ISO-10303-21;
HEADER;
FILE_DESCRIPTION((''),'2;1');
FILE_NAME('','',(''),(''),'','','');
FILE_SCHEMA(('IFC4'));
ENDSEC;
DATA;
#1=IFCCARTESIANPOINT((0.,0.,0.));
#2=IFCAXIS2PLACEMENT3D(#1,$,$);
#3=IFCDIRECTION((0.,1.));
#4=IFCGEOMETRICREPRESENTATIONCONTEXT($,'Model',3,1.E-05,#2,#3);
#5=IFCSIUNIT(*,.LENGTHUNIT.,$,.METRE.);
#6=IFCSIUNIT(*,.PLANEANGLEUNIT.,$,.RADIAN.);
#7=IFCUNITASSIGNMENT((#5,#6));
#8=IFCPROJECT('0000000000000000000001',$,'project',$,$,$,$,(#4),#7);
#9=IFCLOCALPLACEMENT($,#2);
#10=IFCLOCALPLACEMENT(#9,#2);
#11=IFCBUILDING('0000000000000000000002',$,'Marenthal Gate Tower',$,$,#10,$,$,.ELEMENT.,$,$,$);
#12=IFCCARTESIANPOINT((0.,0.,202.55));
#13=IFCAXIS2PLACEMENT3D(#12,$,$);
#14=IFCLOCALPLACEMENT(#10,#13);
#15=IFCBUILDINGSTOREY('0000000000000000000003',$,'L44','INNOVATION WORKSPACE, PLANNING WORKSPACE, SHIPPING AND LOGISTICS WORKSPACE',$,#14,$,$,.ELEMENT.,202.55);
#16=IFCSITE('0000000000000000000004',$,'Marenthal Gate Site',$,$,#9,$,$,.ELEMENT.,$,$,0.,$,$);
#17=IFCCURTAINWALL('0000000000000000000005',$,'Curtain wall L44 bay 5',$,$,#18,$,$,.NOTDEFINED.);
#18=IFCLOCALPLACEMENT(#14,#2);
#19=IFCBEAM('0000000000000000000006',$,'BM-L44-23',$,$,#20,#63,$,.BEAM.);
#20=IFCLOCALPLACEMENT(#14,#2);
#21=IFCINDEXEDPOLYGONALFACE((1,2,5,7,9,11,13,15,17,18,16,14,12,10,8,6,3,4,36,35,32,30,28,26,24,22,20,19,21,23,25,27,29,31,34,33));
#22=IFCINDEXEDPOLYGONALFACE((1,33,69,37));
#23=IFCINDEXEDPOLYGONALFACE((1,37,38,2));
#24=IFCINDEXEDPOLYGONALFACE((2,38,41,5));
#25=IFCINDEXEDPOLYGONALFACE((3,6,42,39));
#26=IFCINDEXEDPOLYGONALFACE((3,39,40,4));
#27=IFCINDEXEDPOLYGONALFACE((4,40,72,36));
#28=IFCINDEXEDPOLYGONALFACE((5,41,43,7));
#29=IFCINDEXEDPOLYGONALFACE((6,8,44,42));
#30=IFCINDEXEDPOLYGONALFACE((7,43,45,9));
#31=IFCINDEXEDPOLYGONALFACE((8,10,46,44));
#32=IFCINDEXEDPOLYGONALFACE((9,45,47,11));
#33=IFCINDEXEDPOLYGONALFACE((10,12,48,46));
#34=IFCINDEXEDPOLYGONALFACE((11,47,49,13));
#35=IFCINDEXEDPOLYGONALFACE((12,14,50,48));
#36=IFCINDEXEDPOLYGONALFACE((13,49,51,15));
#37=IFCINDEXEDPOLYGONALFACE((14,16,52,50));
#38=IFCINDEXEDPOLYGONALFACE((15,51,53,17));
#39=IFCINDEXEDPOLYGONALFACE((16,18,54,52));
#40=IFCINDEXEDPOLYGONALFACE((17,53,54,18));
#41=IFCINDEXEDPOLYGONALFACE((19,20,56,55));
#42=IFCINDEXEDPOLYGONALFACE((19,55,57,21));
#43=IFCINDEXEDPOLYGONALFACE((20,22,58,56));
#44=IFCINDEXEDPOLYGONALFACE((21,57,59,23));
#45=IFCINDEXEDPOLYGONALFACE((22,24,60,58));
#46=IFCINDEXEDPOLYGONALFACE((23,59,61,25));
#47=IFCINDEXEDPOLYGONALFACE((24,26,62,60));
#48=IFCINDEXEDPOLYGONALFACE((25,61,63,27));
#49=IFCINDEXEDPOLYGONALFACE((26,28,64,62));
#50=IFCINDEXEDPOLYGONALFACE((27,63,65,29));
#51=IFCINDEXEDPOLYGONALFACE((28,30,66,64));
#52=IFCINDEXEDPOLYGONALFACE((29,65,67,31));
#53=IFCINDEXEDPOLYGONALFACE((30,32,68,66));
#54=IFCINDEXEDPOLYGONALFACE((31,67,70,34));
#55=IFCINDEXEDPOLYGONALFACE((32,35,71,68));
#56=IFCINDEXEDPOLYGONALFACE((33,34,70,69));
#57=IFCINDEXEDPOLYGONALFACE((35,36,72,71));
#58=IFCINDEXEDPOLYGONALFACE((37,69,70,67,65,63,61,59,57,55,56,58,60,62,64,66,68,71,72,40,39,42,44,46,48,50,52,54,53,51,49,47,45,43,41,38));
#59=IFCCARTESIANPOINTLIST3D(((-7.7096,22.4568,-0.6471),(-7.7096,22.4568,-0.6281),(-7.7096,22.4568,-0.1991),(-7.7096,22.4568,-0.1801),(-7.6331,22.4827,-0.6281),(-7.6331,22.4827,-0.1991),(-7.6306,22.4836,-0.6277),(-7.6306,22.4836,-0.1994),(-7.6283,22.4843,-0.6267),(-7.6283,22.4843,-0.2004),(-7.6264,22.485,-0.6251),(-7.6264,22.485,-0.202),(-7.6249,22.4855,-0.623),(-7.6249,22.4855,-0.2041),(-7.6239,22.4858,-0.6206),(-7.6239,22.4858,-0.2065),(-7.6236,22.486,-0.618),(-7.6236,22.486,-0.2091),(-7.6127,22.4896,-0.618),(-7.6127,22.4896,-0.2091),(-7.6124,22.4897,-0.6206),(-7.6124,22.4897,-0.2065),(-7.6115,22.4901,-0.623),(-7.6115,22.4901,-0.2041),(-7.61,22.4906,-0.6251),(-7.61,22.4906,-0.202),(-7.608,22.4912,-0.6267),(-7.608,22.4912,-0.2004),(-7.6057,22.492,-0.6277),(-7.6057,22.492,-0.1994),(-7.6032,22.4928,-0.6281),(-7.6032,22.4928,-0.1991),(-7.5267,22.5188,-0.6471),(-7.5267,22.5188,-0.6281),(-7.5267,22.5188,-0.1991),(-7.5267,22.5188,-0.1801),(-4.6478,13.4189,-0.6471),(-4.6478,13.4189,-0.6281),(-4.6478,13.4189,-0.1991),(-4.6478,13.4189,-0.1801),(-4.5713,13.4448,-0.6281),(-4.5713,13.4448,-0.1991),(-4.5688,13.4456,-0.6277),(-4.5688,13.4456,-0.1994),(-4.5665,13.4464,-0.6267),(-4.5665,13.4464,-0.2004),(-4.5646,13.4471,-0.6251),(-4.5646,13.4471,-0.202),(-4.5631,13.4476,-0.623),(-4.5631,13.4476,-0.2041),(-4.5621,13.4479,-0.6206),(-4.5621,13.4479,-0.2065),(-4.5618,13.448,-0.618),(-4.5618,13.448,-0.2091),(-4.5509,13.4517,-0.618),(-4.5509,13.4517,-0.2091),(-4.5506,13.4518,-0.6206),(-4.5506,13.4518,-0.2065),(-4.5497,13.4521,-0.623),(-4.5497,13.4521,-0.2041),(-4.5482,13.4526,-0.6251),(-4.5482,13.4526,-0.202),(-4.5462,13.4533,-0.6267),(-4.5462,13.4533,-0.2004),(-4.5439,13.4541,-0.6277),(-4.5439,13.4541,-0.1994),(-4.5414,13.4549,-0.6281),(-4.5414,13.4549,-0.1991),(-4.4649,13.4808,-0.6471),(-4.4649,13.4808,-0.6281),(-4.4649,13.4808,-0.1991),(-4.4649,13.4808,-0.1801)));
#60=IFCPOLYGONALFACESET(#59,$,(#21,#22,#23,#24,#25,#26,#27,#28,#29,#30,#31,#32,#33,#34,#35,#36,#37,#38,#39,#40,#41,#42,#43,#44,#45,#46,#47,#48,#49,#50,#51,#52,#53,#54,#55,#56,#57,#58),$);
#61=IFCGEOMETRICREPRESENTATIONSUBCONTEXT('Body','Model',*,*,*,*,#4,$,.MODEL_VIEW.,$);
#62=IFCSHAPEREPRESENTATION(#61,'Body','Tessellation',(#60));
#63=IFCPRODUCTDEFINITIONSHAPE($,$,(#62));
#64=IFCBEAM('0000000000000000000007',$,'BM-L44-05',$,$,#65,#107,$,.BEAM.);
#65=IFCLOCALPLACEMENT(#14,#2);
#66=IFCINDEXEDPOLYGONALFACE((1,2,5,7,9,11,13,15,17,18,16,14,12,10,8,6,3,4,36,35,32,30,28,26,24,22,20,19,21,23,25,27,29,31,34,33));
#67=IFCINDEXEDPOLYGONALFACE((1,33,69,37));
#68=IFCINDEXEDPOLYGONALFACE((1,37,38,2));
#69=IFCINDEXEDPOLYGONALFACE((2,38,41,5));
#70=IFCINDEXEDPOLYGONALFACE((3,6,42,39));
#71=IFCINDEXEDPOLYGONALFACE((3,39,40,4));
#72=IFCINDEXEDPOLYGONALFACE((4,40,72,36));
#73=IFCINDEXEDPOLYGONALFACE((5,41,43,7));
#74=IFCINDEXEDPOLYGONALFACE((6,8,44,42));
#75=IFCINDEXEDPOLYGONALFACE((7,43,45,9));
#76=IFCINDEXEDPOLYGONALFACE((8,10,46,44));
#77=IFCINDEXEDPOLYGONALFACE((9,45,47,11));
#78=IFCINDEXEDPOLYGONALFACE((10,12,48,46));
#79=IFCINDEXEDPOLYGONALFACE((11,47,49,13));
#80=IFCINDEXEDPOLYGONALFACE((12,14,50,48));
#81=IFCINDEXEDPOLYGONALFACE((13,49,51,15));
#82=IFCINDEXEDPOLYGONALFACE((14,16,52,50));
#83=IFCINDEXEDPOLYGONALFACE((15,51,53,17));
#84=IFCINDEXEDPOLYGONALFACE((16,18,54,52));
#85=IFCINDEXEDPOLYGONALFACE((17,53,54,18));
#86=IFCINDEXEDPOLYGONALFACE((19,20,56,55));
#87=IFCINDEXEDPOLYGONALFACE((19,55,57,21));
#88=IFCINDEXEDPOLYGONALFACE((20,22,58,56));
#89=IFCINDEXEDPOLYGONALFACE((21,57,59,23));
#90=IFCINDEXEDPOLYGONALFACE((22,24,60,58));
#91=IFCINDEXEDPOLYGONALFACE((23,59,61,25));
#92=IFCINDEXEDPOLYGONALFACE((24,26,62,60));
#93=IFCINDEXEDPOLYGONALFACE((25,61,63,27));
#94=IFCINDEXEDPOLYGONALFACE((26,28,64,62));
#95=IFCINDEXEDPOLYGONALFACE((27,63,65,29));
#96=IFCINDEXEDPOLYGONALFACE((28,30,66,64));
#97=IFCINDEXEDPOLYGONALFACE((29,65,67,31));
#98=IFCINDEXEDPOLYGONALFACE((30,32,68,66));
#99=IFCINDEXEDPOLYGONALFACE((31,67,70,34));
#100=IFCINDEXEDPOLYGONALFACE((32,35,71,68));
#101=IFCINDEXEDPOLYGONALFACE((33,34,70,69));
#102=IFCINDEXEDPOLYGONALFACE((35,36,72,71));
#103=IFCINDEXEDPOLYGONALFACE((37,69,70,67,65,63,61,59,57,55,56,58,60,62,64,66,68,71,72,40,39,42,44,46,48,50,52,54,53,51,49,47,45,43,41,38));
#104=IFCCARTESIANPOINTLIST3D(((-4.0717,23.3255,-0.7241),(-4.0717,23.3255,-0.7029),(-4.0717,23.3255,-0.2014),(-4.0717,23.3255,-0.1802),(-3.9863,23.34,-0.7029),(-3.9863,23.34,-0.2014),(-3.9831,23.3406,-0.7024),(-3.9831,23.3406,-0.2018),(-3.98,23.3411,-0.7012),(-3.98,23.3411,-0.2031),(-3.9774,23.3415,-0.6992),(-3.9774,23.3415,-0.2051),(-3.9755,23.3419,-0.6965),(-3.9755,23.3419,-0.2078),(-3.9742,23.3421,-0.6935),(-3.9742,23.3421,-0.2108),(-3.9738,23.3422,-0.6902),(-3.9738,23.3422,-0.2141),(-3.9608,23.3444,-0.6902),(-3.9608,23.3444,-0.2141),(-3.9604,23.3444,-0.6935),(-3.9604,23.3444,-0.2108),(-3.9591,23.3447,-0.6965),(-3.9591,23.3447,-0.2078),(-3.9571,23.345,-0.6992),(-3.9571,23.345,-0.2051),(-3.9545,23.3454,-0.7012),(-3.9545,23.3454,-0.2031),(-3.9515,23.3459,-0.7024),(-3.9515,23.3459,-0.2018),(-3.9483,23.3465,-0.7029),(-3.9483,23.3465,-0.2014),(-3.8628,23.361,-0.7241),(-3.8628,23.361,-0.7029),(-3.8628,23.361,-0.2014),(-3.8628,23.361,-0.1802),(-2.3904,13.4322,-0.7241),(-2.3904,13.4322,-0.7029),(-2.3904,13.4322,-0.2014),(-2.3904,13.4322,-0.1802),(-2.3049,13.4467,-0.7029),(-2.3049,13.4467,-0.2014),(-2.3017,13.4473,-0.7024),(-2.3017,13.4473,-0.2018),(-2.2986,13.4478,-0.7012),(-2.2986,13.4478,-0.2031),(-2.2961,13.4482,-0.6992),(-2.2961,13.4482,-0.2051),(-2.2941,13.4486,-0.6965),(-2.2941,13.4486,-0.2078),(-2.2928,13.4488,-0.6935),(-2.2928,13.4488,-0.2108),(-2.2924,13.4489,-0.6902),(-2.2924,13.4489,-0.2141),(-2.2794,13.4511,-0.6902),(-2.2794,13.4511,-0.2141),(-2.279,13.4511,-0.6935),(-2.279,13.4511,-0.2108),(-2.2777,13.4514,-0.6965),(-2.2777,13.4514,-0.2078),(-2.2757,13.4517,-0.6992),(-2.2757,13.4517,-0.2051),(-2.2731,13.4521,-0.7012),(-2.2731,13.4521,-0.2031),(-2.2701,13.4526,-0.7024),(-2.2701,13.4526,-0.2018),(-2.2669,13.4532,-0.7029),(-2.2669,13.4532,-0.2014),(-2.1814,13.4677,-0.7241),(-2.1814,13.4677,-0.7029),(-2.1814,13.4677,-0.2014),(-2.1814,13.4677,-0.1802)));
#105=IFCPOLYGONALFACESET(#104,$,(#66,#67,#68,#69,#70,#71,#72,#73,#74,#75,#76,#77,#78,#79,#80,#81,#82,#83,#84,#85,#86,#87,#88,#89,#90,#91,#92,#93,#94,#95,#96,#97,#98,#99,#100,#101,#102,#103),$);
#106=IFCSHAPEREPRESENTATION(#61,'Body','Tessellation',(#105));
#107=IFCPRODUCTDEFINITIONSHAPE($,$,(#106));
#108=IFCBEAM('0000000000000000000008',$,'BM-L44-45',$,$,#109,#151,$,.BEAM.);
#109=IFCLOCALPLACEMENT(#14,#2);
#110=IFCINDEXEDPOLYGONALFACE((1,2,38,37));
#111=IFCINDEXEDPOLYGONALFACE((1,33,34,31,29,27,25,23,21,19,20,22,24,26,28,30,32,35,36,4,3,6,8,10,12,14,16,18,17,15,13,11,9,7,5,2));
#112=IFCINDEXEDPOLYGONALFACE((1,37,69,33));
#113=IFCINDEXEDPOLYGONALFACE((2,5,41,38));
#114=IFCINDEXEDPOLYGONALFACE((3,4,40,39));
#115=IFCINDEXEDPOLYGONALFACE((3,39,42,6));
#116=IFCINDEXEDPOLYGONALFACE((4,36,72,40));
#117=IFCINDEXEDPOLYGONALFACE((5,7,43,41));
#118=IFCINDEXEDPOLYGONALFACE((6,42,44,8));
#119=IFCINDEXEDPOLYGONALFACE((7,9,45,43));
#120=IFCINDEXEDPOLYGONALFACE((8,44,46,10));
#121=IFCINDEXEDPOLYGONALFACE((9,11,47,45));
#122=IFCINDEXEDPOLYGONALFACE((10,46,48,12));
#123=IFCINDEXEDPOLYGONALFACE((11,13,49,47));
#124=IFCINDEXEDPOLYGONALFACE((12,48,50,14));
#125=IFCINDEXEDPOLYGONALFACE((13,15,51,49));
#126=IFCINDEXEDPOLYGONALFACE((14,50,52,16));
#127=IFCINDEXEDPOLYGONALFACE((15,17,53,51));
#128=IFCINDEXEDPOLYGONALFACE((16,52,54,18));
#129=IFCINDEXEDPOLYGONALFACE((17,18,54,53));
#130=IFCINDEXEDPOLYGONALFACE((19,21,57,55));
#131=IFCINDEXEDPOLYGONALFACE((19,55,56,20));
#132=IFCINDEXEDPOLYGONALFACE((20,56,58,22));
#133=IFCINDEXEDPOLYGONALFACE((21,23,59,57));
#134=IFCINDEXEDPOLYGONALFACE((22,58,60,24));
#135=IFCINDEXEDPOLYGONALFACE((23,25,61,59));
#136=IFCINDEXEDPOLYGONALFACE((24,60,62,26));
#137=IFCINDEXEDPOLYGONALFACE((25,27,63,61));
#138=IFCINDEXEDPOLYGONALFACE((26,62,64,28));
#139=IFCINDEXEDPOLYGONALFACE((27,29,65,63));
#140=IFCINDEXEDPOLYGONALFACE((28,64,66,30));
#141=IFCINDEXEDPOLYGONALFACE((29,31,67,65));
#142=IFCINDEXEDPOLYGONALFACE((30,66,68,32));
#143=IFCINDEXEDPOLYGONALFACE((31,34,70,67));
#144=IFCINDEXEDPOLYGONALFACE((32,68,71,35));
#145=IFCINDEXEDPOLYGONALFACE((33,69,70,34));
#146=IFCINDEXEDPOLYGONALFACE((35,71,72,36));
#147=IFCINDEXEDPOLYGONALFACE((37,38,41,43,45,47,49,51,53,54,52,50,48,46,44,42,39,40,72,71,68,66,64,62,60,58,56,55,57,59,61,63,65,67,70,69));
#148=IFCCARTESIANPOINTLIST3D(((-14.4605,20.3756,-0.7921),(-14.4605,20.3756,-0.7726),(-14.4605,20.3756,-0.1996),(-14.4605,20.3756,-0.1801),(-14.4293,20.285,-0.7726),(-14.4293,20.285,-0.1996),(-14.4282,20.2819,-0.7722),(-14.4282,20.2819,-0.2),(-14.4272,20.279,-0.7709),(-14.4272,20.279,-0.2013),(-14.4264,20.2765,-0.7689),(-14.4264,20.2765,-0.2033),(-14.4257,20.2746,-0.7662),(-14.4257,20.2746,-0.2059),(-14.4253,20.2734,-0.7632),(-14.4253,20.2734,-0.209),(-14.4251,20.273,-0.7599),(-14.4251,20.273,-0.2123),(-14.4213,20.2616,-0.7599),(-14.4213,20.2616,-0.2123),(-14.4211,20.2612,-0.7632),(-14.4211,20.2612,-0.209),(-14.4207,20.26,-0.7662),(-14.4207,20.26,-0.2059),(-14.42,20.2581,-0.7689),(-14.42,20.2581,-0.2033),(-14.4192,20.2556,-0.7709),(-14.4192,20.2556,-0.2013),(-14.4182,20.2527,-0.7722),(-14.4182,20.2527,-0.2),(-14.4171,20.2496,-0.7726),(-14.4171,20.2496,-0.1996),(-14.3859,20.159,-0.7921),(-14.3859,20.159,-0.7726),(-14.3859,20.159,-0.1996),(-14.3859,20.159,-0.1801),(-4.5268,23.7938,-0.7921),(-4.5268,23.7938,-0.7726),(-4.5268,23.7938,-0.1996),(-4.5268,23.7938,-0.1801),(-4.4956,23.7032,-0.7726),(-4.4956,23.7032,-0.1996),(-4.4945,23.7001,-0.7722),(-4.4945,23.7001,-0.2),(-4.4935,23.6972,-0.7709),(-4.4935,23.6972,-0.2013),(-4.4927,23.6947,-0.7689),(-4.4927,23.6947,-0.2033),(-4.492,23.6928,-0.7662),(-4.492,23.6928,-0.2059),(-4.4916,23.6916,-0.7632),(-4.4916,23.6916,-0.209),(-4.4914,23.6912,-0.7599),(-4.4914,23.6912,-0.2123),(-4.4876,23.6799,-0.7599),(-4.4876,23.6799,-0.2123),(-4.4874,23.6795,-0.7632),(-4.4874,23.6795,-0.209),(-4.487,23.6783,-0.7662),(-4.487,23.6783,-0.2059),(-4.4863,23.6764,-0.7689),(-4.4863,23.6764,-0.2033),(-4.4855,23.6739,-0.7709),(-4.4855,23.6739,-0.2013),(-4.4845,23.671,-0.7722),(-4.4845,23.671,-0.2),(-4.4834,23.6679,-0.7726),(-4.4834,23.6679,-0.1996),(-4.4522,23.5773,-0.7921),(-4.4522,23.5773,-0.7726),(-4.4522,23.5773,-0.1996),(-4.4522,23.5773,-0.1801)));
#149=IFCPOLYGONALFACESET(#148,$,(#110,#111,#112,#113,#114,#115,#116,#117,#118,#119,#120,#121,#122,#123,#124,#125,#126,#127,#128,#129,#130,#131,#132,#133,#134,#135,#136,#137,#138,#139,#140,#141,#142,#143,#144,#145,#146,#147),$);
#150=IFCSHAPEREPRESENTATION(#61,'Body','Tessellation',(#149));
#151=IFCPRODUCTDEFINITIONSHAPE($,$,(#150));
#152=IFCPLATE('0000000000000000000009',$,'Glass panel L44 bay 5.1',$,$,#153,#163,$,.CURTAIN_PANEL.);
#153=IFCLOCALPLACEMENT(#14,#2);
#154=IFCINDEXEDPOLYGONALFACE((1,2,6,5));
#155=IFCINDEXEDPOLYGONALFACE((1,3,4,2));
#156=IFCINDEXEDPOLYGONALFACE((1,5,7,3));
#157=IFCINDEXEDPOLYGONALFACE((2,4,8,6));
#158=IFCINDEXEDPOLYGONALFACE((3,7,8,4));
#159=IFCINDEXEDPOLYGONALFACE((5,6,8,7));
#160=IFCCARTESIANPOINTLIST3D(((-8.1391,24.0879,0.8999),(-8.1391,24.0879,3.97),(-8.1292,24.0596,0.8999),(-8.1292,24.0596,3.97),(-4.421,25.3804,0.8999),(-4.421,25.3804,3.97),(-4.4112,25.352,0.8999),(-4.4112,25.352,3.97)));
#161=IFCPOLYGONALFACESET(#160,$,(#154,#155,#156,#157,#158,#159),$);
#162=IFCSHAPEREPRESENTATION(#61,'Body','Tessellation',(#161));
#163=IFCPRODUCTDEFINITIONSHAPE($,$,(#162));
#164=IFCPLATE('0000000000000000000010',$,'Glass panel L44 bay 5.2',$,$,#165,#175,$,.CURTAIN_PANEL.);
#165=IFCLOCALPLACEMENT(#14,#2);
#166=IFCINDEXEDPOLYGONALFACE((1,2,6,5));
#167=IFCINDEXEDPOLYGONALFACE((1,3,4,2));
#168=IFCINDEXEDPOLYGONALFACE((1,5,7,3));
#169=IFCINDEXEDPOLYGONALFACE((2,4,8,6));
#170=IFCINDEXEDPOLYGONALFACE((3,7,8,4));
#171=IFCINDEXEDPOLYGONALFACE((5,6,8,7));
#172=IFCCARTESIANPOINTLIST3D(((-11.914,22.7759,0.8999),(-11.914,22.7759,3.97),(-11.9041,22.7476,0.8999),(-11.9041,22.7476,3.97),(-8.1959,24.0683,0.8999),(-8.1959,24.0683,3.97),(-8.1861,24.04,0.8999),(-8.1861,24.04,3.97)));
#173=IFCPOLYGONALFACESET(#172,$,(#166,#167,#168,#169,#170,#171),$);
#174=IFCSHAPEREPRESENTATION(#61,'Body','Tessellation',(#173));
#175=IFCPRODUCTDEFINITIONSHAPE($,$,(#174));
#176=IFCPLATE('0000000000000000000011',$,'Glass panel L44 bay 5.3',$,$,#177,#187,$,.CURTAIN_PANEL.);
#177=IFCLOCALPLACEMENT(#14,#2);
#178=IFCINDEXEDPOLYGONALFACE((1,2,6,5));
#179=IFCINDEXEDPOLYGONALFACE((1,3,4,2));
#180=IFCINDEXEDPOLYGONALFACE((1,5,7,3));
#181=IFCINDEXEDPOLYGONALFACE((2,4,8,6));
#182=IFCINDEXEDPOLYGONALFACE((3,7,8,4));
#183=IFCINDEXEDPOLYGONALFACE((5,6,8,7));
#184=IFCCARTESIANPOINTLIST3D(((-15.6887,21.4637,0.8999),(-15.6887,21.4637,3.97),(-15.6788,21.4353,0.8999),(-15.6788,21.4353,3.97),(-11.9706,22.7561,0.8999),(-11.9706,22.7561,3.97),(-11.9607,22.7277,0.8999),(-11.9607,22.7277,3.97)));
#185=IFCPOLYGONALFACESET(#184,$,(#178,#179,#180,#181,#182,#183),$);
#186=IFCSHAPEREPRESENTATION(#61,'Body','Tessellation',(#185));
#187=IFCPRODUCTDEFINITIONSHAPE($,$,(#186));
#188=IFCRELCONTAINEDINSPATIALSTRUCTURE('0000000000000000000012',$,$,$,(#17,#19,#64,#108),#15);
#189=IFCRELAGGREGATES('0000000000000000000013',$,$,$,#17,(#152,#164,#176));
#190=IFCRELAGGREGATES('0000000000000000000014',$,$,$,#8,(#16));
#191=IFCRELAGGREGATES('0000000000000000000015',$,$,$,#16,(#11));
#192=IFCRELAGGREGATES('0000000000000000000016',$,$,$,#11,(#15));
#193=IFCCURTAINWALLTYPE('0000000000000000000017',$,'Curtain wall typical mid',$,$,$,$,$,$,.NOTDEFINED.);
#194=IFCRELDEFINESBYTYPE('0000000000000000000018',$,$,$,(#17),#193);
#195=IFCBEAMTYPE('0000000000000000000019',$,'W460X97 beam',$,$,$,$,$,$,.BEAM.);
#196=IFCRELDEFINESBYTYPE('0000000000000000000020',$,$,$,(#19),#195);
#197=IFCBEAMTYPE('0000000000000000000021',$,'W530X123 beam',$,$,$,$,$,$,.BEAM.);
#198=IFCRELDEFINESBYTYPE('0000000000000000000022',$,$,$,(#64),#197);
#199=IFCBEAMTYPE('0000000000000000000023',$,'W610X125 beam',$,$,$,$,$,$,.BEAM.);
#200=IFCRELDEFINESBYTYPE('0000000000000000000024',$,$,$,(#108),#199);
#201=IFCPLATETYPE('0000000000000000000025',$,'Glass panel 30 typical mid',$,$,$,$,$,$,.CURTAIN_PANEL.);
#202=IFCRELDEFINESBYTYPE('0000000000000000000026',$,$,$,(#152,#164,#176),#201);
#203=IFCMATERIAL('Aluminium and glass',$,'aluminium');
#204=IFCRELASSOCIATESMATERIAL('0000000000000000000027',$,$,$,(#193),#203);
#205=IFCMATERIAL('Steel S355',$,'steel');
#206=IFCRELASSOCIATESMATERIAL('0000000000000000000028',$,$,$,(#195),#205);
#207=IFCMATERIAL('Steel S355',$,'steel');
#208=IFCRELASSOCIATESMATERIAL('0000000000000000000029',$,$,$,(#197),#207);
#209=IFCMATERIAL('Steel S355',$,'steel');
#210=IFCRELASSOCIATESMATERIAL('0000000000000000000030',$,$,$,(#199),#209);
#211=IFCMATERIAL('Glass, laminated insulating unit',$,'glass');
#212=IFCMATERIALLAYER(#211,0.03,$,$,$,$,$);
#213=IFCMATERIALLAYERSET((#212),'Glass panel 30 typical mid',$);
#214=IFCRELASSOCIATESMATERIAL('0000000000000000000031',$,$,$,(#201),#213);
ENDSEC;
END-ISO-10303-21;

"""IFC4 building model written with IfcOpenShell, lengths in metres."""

from ifc_helpers import new_model, si_unit, direction, frame, origin, origin_2d, place, context, subcontext, project, spatial, rectangle, i_section, extrude, material, layer, layer_set, material_profile, profile_set, type_object, element, aggregate, save


model = new_model("IFC4")

# Units and contexts
model_context = context("Model", 3, precision=1e-05, world=origin(), true_north=direction((0.0, 1.0)))
body_context = subcontext(model_context, "Body", "Model", "MODEL_VIEW")
ifc_project = project(units=[si_unit("LENGTHUNIT", "METRE"), si_unit("PLANEANGLEUNIT", "RADIAN")], contexts=[model_context])

# Site, building, storey
site_placement = place(None, origin())
site = spatial("IfcSite", under=ifc_project, at=site_placement, Name="Marenthal Gate Site", CompositionType="ELEMENT", RefElevation=0.0)
building_placement = place(site_placement, origin())
building = spatial("IfcBuilding", under=site, at=building_placement, Name="Marenthal Gate Tower", CompositionType="ELEMENT")
storey_placement = place(building_placement, frame((0.0, 0.0, 202.55)))
storey = spatial("IfcBuildingStorey", under=building, at=storey_placement, Name="L44", Description="INNOVATION WORKSPACE, PLANNING WORKSPACE, SHIPPING AND LOGISTICS WORKSPACE", CompositionType="ELEMENT", Elevation=202.55)

# Curtain wall
ifc_material_1 = material(Name="Aluminium and glass", Category="aluminium")
curtain_wall_type = type_object("IfcCurtainWallType", Name="Curtain wall typical mid", PredefinedType="NOTDEFINED", material=ifc_material_1)
curtain_wall_placement = place(storey_placement, origin())
curtain_wall = element("IfcCurtainWall", 1, at=curtain_wall_placement, inside=storey, type_object=curtain_wall_type, Name="Curtain wall L44 bay 5", PredefinedType="NOTDEFINED")

# Beams
ifc_material_2 = material(Name="Steel S355", Category="steel")
ifc_material_profile_1 = material_profile(ifc_material_2, i_section(OverallWidth=0.1931, OverallDepth=0.467, WebThickness=0.0115, FlangeThickness=0.019, FilletRadius=0.01, at=origin_2d()), Name="W460X97")
ifc_profile_set_1 = profile_set([ifc_material_profile_1], Name="Steel S355")
beam_type_1 = type_object("IfcBeamType", Name="W460X97 beam", PredefinedType="BEAM", material=ifc_profile_set_1)
beam_1_placement = place(storey_placement, frame((-7.6182, 22.4878, -0.4136), z_axis=(0.32086, -0.947127, 0.0), x_axis=(0.947127, 0.32086, 0.0)))
element("IfcBeam", 2, at=beam_1_placement, inside=storey, type_object=beam_type_1, Name="BM-L44-23", PredefinedType="BEAM", context=body_context, shape_type="SweptSolid", body=[
    extrude(i_section(OverallWidth=0.1931, OverallDepth=0.467, WebThickness=0.0115, FlangeThickness=0.019, FilletRadius=0.01, at=origin_2d()), origin(), (0.0, 0.0, 1.0), 9.5425),
])
ifc_material_3 = material(Name="Steel S355", Category="steel")
ifc_material_profile_2 = material_profile(ifc_material_3, i_section(OverallWidth=0.2119, OverallDepth=0.5439, WebThickness=0.0132, FlangeThickness=0.0212, FilletRadius=0.0127, at=origin_2d()), Name="W530X123")
ifc_profile_set_2 = profile_set([ifc_material_profile_2], Name="Steel S355")
beam_type_2 = type_object("IfcBeamType", Name="W530X123 beam", PredefinedType="BEAM", material=ifc_profile_set_2)
beam_2_placement = place(storey_placement, frame((-3.9673, 23.3433, -0.4521), z_axis=(0.16755, -0.985864, 0.0), x_axis=(0.985864, 0.16755, 0.0)))
element("IfcBeam", 3, at=beam_2_placement, inside=storey, type_object=beam_type_2, Name="BM-L44-05", PredefinedType="BEAM", context=body_context, shape_type="SweptSolid", body=[
    extrude(i_section(OverallWidth=0.2119, OverallDepth=0.5439, WebThickness=0.0132, FlangeThickness=0.0212, FilletRadius=0.0127, at=origin_2d()), origin(), (0.0, 0.0, 1.0), 10.0352),
])
ifc_material_4 = material(Name="Steel S355", Category="steel")
ifc_material_profile_3 = material_profile(ifc_material_4, i_section(OverallWidth=0.229, OverallDepth=0.6121, WebThickness=0.012, FlangeThickness=0.0195, FilletRadius=0.0127, at=origin_2d()), Name="W610X125")
ifc_profile_set_3 = profile_set([ifc_material_profile_3], Name="Steel S355")
beam_type_3 = type_object("IfcBeamType", Name="W610X125 beam", PredefinedType="BEAM", material=ifc_profile_set_3)
beam_3_placement = place(storey_placement, frame((-4.4895, 23.6855, -0.4861), z_axis=(-0.945583, -0.325381, 0.0), x_axis=(0.325381, -0.945583, 0.0)))
element("IfcBeam", 4, at=beam_3_placement, inside=storey, type_object=beam_type_3, Name="BM-L44-45", PredefinedType="BEAM", context=body_context, shape_type="SweptSolid", body=[
    extrude(i_section(OverallWidth=0.229, OverallDepth=0.6121, WebThickness=0.012, FlangeThickness=0.0195, FilletRadius=0.0127, at=origin_2d()), origin(), (0.0, 0.0, 1.0), 10.5054),
])

# Plates
ifc_material_5 = material(Name="Glass, laminated insulating unit", Category="glass")
ifc_layer_1 = layer(ifc_material_5, 0.03)
ifc_layer_set_1 = layer_set([ifc_layer_1], Name="Glass panel 30 typical mid")
plate_type = type_object("IfcPlateType", Name="Glass panel 30 typical mid", PredefinedType="CURTAIN_PANEL", material=ifc_layer_set_1)
plate_1_placement = place(storey_placement, frame((-6.2751, 24.72, 0.8999), z_axis=(0.0, 0.0, 1.0), x_axis=(-0.944562, -0.328332, 0.0)))
plate_1 = element("IfcPlate", 5, at=plate_1_placement, type_object=plate_type, Name="Glass panel L44 bay 5.1", PredefinedType="CURTAIN_PANEL", context=body_context, shape_type="SweptSolid", body=[
    extrude(rectangle(XDim=3.9363, YDim=0.03, at=origin_2d()), origin(), (0.0, 0.0, 1.0), 3.0701),
])
plate_2_placement = place(storey_placement, frame((-10.05, 23.408, 0.8999), z_axis=(0.0, 0.0, 1.0), x_axis=(-0.944562, -0.328332, 0.0)))
plate_2 = element("IfcPlate", 6, at=plate_2_placement, type_object=plate_type, Name="Glass panel L44 bay 5.2", PredefinedType="CURTAIN_PANEL", context=body_context, shape_type="SweptSolid", body=[
    extrude(rectangle(XDim=3.9363, YDim=0.03, at=origin_2d()), origin(), (0.0, 0.0, 1.0), 3.0701),
])
plate_3_placement = place(storey_placement, frame((-13.8247, 22.0957, 0.8999), z_axis=(0.0, 0.0, 1.0), x_axis=(-0.944562, -0.328332, 0.0)))
plate_3 = element("IfcPlate", 7, at=plate_3_placement, type_object=plate_type, Name="Glass panel L44 bay 5.3", PredefinedType="CURTAIN_PANEL", context=body_context, shape_type="SweptSolid", body=[
    extrude(rectangle(XDim=3.9363, YDim=0.03, at=origin_2d()), origin(), (0.0, 0.0, 1.0), 3.0701),
])
aggregate(curtain_wall, [plate_1, plate_2, plate_3])

save(model, "model.ifc")
